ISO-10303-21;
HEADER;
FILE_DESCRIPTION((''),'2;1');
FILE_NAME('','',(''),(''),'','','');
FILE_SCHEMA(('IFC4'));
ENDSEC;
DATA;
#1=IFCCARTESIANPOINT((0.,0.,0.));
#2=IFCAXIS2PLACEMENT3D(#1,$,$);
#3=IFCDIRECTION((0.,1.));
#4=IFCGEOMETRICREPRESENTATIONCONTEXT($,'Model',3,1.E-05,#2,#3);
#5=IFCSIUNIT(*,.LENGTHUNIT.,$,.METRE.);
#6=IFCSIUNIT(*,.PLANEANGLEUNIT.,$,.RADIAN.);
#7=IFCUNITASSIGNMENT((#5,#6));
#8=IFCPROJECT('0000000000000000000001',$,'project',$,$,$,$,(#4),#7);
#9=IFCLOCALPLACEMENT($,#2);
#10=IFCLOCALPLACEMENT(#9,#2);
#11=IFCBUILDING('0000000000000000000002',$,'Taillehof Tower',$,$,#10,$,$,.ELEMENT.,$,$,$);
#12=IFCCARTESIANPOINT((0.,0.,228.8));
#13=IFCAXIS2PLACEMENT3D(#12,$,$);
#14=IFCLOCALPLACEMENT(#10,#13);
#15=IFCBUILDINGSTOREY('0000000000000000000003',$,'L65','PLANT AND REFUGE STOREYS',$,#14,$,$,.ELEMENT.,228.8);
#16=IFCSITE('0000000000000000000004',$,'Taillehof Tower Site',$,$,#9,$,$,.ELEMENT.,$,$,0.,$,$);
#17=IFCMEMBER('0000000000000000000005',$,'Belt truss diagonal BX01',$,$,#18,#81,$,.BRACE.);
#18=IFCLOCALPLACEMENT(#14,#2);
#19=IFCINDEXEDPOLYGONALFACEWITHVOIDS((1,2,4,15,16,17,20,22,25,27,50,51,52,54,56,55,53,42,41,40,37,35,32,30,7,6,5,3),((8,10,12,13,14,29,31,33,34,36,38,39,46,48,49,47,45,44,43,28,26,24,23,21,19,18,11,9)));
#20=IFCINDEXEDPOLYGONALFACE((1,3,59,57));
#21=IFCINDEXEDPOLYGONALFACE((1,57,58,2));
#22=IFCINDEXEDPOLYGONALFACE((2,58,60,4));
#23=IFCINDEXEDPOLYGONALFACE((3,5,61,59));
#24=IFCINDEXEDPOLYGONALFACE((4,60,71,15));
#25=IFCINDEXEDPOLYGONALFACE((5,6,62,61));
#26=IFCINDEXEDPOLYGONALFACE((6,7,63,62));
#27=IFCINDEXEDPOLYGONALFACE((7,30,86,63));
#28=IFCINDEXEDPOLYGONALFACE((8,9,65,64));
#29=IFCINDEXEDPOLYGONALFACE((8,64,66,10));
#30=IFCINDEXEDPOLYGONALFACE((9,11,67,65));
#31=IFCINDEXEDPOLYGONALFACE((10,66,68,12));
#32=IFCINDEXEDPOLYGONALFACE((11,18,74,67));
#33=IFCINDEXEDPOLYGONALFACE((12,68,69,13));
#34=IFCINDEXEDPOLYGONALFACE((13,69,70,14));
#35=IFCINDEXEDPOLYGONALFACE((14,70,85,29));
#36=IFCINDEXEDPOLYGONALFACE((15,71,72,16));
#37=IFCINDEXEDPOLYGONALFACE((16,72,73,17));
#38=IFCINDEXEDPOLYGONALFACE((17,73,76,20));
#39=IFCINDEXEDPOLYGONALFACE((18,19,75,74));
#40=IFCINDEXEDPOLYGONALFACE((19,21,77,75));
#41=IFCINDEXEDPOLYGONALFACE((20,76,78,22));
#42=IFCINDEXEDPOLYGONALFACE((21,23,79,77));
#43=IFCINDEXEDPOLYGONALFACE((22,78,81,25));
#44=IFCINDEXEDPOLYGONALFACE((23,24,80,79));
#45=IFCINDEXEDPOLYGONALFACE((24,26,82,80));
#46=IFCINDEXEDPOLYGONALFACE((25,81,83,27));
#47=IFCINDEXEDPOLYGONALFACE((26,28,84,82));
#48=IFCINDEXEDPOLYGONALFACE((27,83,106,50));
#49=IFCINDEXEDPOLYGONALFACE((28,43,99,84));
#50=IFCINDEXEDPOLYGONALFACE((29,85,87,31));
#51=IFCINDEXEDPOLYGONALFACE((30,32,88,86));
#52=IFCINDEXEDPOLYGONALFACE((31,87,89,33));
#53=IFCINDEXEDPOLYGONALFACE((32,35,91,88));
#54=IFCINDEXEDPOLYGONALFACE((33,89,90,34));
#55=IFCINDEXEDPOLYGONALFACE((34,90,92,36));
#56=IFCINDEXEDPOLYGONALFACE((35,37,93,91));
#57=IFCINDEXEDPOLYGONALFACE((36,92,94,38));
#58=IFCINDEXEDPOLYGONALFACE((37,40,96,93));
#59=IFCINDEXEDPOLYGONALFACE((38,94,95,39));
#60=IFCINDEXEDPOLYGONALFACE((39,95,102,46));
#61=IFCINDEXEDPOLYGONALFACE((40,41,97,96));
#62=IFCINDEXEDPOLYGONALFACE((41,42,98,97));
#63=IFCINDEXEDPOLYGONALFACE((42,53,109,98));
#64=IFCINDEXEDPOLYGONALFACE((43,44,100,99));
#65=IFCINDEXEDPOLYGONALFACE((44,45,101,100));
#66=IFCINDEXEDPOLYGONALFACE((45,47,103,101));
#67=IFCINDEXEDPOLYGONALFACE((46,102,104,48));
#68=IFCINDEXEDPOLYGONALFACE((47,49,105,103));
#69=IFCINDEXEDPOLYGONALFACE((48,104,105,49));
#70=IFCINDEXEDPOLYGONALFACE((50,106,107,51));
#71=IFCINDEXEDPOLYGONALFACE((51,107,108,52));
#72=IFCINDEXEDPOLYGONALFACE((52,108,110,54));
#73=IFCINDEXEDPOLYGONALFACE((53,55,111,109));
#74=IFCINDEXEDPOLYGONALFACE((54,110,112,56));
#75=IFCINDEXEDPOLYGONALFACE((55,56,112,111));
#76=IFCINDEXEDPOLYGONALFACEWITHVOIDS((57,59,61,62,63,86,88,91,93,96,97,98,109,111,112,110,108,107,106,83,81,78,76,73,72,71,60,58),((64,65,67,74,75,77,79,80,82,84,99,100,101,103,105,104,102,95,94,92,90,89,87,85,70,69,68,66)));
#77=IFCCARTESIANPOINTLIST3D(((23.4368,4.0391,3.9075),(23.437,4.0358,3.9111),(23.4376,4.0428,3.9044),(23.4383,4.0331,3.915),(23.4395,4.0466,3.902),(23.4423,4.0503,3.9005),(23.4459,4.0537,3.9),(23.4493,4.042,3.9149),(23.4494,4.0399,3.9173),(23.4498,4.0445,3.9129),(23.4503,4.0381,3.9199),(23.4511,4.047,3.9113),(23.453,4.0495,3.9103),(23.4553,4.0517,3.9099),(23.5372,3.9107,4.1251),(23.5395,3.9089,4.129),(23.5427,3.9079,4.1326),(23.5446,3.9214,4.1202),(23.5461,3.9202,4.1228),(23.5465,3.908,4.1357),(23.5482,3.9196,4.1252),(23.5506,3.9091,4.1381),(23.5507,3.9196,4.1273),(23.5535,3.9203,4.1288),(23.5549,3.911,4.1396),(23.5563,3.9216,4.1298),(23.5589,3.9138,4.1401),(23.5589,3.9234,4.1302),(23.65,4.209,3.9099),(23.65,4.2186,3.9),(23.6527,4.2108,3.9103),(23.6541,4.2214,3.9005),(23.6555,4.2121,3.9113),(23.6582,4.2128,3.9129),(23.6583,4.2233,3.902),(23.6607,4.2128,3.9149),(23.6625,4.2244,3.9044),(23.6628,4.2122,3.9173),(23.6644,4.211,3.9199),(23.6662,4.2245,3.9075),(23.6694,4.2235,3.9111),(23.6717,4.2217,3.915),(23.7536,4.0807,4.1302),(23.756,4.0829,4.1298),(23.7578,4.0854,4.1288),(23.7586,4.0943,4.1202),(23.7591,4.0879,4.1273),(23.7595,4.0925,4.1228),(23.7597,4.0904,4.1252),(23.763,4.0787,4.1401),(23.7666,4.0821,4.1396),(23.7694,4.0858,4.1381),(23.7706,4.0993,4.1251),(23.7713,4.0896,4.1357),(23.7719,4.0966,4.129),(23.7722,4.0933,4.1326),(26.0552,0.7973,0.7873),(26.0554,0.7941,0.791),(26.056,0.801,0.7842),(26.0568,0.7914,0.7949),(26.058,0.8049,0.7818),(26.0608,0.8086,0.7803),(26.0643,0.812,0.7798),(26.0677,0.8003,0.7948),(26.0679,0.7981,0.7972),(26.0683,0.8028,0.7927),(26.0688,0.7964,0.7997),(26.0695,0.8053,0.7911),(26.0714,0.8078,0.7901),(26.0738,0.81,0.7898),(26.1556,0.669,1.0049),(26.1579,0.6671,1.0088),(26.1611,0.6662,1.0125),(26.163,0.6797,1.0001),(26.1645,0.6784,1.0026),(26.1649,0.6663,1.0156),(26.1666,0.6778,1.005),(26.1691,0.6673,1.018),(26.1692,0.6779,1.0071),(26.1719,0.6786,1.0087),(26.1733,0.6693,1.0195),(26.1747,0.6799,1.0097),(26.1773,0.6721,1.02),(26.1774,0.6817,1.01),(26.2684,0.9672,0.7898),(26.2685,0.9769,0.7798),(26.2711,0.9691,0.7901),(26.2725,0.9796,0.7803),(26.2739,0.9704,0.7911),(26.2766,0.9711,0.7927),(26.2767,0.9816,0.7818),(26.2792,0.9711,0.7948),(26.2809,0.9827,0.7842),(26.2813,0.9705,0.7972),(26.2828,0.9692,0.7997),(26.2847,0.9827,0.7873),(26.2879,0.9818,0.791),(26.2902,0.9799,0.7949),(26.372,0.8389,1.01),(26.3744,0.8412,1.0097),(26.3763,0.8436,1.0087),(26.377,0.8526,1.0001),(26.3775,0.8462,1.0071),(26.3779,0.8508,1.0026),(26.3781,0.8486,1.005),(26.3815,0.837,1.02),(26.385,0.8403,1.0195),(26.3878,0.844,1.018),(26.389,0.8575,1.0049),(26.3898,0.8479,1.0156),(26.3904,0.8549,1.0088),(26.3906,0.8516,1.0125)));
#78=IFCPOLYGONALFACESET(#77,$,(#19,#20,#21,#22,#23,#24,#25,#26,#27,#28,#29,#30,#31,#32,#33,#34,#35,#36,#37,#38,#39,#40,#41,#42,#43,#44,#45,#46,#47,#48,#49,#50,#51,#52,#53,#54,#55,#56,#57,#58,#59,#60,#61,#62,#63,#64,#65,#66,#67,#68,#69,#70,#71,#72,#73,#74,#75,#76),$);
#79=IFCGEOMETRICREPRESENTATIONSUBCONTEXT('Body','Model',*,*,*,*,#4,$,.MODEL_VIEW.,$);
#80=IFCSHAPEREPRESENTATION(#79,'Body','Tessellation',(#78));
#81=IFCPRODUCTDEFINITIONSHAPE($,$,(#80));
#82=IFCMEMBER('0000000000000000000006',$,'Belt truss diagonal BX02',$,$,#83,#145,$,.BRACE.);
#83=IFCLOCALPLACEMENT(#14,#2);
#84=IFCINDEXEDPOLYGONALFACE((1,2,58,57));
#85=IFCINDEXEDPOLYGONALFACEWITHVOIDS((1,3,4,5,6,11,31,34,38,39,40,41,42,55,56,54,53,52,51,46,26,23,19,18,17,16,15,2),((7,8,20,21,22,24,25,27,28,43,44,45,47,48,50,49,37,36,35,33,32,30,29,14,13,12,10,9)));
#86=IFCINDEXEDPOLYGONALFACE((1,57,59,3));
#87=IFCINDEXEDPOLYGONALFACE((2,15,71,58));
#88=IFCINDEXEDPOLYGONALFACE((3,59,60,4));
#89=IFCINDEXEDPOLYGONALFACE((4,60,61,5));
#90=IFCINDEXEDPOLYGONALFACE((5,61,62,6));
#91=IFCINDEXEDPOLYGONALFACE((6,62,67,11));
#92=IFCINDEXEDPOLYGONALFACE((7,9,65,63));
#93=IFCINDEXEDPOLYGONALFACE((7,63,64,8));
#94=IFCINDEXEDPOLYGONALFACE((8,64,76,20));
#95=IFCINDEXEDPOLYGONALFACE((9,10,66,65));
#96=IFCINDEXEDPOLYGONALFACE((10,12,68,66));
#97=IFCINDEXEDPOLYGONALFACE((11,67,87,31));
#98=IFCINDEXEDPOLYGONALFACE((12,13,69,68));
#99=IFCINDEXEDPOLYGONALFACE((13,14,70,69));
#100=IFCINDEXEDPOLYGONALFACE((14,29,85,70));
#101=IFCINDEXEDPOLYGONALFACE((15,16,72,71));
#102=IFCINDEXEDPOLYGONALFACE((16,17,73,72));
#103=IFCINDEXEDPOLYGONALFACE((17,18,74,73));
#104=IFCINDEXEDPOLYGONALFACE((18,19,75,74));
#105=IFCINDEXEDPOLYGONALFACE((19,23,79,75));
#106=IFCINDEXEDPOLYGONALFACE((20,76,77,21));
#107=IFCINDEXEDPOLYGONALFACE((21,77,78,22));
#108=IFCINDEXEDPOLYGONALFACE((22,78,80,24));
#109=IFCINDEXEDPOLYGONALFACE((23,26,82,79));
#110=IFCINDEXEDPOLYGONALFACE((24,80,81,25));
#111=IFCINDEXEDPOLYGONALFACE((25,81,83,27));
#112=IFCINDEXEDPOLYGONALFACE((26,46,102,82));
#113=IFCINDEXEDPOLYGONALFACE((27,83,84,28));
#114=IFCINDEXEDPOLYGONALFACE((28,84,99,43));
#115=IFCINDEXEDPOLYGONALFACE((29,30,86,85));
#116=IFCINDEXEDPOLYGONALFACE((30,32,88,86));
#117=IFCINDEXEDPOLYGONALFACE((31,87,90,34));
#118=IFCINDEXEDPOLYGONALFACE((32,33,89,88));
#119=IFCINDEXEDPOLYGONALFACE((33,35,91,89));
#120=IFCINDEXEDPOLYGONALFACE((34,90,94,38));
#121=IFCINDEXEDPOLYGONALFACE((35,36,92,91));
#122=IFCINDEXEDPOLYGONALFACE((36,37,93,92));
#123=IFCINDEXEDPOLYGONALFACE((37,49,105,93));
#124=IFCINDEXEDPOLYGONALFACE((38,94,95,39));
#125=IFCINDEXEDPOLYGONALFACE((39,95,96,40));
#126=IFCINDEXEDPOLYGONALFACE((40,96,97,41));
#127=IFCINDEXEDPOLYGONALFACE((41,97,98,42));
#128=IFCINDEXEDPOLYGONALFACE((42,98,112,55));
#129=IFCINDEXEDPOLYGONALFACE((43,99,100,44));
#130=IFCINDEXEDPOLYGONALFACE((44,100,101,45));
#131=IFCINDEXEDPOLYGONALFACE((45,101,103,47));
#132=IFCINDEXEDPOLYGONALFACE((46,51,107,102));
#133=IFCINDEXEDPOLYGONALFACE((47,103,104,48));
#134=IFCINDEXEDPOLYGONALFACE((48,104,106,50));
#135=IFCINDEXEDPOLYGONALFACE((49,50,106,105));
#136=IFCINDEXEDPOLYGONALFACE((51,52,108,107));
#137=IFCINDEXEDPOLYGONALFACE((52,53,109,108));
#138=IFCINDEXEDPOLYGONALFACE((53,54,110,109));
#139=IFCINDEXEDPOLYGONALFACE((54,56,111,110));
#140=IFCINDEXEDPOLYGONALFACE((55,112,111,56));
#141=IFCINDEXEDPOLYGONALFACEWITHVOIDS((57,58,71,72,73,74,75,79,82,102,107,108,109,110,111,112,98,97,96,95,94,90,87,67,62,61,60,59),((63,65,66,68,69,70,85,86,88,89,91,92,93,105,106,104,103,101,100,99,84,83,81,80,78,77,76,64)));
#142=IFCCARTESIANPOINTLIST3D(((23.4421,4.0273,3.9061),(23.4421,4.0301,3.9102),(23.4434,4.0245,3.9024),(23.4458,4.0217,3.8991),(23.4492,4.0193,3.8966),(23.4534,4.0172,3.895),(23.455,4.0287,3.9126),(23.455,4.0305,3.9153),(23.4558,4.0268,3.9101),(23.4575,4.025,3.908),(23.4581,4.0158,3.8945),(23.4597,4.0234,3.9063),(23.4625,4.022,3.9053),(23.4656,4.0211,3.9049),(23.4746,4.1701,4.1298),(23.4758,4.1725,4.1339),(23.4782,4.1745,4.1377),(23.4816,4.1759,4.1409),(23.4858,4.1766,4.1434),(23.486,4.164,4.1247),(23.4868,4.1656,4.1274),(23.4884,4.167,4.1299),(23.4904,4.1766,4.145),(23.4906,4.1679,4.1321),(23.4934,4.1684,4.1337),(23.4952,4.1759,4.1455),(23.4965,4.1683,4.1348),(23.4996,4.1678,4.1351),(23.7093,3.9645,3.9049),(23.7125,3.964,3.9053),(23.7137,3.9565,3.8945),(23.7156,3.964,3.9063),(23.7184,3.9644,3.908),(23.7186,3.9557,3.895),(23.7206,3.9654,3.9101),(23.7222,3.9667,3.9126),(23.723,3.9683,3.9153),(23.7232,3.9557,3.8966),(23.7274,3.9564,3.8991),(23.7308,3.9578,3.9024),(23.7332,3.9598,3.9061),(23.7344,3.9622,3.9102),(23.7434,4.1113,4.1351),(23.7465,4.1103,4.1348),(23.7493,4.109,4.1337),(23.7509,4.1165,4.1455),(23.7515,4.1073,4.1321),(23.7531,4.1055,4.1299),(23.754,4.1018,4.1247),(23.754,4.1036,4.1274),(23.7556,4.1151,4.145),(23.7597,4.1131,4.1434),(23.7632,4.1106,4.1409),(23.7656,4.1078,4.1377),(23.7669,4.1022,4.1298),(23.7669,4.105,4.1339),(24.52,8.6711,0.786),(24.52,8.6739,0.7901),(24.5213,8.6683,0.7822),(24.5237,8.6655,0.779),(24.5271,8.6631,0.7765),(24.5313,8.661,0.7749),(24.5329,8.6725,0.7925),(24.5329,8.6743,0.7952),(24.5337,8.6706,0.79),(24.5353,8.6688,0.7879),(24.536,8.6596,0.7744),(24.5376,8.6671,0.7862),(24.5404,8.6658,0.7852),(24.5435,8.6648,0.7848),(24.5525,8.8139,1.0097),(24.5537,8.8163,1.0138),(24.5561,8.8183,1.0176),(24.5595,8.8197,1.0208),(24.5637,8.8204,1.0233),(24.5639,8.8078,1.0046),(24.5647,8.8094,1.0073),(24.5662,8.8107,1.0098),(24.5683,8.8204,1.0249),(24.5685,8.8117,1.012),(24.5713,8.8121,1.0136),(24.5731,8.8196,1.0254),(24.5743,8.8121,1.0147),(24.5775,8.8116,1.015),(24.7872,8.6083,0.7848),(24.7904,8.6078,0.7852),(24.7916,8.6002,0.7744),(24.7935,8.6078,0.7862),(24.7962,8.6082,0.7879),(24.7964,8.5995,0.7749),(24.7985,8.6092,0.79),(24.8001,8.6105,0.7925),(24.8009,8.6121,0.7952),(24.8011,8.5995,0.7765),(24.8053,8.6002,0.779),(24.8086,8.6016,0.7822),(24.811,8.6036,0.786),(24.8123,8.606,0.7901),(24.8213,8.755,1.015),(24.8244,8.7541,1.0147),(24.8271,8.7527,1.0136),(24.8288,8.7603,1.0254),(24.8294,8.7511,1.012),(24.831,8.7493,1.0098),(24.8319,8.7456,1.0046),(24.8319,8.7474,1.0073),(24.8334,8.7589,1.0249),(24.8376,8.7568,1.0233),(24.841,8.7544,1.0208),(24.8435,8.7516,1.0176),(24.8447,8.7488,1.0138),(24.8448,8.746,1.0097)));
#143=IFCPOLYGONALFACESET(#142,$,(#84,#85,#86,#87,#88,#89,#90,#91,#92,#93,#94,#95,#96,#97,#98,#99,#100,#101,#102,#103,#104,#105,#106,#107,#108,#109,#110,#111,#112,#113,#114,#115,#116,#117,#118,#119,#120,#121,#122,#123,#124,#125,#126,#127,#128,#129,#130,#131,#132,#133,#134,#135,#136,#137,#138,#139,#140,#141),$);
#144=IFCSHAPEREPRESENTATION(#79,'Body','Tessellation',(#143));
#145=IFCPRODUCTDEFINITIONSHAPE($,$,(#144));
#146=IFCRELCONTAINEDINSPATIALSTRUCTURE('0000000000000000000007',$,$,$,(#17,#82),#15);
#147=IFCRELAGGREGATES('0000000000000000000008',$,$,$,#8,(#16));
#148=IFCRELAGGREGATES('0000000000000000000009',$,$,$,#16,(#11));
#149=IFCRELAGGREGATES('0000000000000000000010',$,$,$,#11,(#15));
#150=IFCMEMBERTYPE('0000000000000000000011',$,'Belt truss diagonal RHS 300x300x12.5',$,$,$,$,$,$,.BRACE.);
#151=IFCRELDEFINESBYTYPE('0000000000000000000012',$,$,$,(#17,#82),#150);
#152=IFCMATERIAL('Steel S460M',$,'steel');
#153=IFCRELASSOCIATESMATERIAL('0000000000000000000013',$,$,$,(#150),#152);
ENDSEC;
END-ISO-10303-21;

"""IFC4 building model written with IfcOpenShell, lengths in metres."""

from ifc_helpers import new_model, si_unit, direction, frame, origin, origin_2d, place, context, subcontext, project, spatial, hollow_rectangle, extrude, material, material_profile, profile_set, type_object, element, save


model = new_model("IFC4")

# Units and contexts
model_context = context("Model", 3, precision=1e-05, world=origin(), true_north=direction((0.0, 1.0)))
body_context = subcontext(model_context, "Body", "Model", "MODEL_VIEW")
ifc_project = project(units=[si_unit("LENGTHUNIT", "METRE"), si_unit("PLANEANGLEUNIT", "RADIAN")], contexts=[model_context])

# Site, building, storey
site_placement = place(None, origin())
site = spatial("IfcSite", under=ifc_project, at=site_placement, Name="Taillehof Tower Site", CompositionType="ELEMENT", RefElevation=0.0)
building_placement = place(site_placement, origin())
building = spatial("IfcBuilding", under=site, at=building_placement, Name="Taillehof Tower", CompositionType="ELEMENT")
storey_placement = place(building_placement, frame((0.0, 0.0, 228.8)))
storey = spatial("IfcBuildingStorey", under=building, at=storey_placement, Name="L65", Description="PLANT AND REFUGE STOREYS", CompositionType="ELEMENT", Elevation=228.8)

# Members
ifc_material_1 = material(Name="Steel S460M", Category="steel")
ifc_material_profile_1 = material_profile(ifc_material_1, hollow_rectangle(XDim=0.3, YDim=0.3, WallThickness=0.0125, InnerFilletRadius=0.0125, OuterFilletRadius=0.0188, at=origin_2d()), Name="RHS 300x300x12.5")
ifc_profile_set_1 = profile_set([ifc_material_profile_1], Name="Steel S460M")
member_type_1 = type_object("IfcMemberType", Name="Belt truss diagonal RHS 300x300x12.5", PredefinedType="BRACE", material=ifc_profile_set_1)
member_1_placement = place(storey_placement, frame((26.2229, 0.8245, 0.8999), z_axis=(-0.502984, 0.622715, 0.59936), x_axis=(-0.777928, -0.628353, 0.0)))
element("IfcMember", 1, at=member_1_placement, inside=storey, type_object=member_type_1, Name="Belt truss diagonal BX01", PredefinedType="BRACE", context=body_context, shape_type="SweptSolid", body=[
    extrude(hollow_rectangle(XDim=0.3, YDim=0.3, WallThickness=0.0125, InnerFilletRadius=0.0125, OuterFilletRadius=0.0188, at=origin_2d()), origin(), (0.0, 0.0, 1.0), 5.2058),
])
member_2_placement = place(storey_placement, frame((23.6045, 4.0662, 4.02), z_axis=(0.189184, 0.815055, -0.547626), x_axis=(-0.974104, 0.226101, 0.0)))
element("IfcMember", 2, at=member_2_placement, inside=storey, type_object=member_type_1, Name="Belt truss diagonal BX02", PredefinedType="BRACE", context=body_context, shape_type="SweptSolid", body=[
    extrude(hollow_rectangle(XDim=0.3, YDim=0.3, WallThickness=0.0125, InnerFilletRadius=0.0125, OuterFilletRadius=0.0188, at=origin_2d()), origin(), (0.0, 0.0, 1.0), 5.6975),
])

save(model, "model.ifc")
